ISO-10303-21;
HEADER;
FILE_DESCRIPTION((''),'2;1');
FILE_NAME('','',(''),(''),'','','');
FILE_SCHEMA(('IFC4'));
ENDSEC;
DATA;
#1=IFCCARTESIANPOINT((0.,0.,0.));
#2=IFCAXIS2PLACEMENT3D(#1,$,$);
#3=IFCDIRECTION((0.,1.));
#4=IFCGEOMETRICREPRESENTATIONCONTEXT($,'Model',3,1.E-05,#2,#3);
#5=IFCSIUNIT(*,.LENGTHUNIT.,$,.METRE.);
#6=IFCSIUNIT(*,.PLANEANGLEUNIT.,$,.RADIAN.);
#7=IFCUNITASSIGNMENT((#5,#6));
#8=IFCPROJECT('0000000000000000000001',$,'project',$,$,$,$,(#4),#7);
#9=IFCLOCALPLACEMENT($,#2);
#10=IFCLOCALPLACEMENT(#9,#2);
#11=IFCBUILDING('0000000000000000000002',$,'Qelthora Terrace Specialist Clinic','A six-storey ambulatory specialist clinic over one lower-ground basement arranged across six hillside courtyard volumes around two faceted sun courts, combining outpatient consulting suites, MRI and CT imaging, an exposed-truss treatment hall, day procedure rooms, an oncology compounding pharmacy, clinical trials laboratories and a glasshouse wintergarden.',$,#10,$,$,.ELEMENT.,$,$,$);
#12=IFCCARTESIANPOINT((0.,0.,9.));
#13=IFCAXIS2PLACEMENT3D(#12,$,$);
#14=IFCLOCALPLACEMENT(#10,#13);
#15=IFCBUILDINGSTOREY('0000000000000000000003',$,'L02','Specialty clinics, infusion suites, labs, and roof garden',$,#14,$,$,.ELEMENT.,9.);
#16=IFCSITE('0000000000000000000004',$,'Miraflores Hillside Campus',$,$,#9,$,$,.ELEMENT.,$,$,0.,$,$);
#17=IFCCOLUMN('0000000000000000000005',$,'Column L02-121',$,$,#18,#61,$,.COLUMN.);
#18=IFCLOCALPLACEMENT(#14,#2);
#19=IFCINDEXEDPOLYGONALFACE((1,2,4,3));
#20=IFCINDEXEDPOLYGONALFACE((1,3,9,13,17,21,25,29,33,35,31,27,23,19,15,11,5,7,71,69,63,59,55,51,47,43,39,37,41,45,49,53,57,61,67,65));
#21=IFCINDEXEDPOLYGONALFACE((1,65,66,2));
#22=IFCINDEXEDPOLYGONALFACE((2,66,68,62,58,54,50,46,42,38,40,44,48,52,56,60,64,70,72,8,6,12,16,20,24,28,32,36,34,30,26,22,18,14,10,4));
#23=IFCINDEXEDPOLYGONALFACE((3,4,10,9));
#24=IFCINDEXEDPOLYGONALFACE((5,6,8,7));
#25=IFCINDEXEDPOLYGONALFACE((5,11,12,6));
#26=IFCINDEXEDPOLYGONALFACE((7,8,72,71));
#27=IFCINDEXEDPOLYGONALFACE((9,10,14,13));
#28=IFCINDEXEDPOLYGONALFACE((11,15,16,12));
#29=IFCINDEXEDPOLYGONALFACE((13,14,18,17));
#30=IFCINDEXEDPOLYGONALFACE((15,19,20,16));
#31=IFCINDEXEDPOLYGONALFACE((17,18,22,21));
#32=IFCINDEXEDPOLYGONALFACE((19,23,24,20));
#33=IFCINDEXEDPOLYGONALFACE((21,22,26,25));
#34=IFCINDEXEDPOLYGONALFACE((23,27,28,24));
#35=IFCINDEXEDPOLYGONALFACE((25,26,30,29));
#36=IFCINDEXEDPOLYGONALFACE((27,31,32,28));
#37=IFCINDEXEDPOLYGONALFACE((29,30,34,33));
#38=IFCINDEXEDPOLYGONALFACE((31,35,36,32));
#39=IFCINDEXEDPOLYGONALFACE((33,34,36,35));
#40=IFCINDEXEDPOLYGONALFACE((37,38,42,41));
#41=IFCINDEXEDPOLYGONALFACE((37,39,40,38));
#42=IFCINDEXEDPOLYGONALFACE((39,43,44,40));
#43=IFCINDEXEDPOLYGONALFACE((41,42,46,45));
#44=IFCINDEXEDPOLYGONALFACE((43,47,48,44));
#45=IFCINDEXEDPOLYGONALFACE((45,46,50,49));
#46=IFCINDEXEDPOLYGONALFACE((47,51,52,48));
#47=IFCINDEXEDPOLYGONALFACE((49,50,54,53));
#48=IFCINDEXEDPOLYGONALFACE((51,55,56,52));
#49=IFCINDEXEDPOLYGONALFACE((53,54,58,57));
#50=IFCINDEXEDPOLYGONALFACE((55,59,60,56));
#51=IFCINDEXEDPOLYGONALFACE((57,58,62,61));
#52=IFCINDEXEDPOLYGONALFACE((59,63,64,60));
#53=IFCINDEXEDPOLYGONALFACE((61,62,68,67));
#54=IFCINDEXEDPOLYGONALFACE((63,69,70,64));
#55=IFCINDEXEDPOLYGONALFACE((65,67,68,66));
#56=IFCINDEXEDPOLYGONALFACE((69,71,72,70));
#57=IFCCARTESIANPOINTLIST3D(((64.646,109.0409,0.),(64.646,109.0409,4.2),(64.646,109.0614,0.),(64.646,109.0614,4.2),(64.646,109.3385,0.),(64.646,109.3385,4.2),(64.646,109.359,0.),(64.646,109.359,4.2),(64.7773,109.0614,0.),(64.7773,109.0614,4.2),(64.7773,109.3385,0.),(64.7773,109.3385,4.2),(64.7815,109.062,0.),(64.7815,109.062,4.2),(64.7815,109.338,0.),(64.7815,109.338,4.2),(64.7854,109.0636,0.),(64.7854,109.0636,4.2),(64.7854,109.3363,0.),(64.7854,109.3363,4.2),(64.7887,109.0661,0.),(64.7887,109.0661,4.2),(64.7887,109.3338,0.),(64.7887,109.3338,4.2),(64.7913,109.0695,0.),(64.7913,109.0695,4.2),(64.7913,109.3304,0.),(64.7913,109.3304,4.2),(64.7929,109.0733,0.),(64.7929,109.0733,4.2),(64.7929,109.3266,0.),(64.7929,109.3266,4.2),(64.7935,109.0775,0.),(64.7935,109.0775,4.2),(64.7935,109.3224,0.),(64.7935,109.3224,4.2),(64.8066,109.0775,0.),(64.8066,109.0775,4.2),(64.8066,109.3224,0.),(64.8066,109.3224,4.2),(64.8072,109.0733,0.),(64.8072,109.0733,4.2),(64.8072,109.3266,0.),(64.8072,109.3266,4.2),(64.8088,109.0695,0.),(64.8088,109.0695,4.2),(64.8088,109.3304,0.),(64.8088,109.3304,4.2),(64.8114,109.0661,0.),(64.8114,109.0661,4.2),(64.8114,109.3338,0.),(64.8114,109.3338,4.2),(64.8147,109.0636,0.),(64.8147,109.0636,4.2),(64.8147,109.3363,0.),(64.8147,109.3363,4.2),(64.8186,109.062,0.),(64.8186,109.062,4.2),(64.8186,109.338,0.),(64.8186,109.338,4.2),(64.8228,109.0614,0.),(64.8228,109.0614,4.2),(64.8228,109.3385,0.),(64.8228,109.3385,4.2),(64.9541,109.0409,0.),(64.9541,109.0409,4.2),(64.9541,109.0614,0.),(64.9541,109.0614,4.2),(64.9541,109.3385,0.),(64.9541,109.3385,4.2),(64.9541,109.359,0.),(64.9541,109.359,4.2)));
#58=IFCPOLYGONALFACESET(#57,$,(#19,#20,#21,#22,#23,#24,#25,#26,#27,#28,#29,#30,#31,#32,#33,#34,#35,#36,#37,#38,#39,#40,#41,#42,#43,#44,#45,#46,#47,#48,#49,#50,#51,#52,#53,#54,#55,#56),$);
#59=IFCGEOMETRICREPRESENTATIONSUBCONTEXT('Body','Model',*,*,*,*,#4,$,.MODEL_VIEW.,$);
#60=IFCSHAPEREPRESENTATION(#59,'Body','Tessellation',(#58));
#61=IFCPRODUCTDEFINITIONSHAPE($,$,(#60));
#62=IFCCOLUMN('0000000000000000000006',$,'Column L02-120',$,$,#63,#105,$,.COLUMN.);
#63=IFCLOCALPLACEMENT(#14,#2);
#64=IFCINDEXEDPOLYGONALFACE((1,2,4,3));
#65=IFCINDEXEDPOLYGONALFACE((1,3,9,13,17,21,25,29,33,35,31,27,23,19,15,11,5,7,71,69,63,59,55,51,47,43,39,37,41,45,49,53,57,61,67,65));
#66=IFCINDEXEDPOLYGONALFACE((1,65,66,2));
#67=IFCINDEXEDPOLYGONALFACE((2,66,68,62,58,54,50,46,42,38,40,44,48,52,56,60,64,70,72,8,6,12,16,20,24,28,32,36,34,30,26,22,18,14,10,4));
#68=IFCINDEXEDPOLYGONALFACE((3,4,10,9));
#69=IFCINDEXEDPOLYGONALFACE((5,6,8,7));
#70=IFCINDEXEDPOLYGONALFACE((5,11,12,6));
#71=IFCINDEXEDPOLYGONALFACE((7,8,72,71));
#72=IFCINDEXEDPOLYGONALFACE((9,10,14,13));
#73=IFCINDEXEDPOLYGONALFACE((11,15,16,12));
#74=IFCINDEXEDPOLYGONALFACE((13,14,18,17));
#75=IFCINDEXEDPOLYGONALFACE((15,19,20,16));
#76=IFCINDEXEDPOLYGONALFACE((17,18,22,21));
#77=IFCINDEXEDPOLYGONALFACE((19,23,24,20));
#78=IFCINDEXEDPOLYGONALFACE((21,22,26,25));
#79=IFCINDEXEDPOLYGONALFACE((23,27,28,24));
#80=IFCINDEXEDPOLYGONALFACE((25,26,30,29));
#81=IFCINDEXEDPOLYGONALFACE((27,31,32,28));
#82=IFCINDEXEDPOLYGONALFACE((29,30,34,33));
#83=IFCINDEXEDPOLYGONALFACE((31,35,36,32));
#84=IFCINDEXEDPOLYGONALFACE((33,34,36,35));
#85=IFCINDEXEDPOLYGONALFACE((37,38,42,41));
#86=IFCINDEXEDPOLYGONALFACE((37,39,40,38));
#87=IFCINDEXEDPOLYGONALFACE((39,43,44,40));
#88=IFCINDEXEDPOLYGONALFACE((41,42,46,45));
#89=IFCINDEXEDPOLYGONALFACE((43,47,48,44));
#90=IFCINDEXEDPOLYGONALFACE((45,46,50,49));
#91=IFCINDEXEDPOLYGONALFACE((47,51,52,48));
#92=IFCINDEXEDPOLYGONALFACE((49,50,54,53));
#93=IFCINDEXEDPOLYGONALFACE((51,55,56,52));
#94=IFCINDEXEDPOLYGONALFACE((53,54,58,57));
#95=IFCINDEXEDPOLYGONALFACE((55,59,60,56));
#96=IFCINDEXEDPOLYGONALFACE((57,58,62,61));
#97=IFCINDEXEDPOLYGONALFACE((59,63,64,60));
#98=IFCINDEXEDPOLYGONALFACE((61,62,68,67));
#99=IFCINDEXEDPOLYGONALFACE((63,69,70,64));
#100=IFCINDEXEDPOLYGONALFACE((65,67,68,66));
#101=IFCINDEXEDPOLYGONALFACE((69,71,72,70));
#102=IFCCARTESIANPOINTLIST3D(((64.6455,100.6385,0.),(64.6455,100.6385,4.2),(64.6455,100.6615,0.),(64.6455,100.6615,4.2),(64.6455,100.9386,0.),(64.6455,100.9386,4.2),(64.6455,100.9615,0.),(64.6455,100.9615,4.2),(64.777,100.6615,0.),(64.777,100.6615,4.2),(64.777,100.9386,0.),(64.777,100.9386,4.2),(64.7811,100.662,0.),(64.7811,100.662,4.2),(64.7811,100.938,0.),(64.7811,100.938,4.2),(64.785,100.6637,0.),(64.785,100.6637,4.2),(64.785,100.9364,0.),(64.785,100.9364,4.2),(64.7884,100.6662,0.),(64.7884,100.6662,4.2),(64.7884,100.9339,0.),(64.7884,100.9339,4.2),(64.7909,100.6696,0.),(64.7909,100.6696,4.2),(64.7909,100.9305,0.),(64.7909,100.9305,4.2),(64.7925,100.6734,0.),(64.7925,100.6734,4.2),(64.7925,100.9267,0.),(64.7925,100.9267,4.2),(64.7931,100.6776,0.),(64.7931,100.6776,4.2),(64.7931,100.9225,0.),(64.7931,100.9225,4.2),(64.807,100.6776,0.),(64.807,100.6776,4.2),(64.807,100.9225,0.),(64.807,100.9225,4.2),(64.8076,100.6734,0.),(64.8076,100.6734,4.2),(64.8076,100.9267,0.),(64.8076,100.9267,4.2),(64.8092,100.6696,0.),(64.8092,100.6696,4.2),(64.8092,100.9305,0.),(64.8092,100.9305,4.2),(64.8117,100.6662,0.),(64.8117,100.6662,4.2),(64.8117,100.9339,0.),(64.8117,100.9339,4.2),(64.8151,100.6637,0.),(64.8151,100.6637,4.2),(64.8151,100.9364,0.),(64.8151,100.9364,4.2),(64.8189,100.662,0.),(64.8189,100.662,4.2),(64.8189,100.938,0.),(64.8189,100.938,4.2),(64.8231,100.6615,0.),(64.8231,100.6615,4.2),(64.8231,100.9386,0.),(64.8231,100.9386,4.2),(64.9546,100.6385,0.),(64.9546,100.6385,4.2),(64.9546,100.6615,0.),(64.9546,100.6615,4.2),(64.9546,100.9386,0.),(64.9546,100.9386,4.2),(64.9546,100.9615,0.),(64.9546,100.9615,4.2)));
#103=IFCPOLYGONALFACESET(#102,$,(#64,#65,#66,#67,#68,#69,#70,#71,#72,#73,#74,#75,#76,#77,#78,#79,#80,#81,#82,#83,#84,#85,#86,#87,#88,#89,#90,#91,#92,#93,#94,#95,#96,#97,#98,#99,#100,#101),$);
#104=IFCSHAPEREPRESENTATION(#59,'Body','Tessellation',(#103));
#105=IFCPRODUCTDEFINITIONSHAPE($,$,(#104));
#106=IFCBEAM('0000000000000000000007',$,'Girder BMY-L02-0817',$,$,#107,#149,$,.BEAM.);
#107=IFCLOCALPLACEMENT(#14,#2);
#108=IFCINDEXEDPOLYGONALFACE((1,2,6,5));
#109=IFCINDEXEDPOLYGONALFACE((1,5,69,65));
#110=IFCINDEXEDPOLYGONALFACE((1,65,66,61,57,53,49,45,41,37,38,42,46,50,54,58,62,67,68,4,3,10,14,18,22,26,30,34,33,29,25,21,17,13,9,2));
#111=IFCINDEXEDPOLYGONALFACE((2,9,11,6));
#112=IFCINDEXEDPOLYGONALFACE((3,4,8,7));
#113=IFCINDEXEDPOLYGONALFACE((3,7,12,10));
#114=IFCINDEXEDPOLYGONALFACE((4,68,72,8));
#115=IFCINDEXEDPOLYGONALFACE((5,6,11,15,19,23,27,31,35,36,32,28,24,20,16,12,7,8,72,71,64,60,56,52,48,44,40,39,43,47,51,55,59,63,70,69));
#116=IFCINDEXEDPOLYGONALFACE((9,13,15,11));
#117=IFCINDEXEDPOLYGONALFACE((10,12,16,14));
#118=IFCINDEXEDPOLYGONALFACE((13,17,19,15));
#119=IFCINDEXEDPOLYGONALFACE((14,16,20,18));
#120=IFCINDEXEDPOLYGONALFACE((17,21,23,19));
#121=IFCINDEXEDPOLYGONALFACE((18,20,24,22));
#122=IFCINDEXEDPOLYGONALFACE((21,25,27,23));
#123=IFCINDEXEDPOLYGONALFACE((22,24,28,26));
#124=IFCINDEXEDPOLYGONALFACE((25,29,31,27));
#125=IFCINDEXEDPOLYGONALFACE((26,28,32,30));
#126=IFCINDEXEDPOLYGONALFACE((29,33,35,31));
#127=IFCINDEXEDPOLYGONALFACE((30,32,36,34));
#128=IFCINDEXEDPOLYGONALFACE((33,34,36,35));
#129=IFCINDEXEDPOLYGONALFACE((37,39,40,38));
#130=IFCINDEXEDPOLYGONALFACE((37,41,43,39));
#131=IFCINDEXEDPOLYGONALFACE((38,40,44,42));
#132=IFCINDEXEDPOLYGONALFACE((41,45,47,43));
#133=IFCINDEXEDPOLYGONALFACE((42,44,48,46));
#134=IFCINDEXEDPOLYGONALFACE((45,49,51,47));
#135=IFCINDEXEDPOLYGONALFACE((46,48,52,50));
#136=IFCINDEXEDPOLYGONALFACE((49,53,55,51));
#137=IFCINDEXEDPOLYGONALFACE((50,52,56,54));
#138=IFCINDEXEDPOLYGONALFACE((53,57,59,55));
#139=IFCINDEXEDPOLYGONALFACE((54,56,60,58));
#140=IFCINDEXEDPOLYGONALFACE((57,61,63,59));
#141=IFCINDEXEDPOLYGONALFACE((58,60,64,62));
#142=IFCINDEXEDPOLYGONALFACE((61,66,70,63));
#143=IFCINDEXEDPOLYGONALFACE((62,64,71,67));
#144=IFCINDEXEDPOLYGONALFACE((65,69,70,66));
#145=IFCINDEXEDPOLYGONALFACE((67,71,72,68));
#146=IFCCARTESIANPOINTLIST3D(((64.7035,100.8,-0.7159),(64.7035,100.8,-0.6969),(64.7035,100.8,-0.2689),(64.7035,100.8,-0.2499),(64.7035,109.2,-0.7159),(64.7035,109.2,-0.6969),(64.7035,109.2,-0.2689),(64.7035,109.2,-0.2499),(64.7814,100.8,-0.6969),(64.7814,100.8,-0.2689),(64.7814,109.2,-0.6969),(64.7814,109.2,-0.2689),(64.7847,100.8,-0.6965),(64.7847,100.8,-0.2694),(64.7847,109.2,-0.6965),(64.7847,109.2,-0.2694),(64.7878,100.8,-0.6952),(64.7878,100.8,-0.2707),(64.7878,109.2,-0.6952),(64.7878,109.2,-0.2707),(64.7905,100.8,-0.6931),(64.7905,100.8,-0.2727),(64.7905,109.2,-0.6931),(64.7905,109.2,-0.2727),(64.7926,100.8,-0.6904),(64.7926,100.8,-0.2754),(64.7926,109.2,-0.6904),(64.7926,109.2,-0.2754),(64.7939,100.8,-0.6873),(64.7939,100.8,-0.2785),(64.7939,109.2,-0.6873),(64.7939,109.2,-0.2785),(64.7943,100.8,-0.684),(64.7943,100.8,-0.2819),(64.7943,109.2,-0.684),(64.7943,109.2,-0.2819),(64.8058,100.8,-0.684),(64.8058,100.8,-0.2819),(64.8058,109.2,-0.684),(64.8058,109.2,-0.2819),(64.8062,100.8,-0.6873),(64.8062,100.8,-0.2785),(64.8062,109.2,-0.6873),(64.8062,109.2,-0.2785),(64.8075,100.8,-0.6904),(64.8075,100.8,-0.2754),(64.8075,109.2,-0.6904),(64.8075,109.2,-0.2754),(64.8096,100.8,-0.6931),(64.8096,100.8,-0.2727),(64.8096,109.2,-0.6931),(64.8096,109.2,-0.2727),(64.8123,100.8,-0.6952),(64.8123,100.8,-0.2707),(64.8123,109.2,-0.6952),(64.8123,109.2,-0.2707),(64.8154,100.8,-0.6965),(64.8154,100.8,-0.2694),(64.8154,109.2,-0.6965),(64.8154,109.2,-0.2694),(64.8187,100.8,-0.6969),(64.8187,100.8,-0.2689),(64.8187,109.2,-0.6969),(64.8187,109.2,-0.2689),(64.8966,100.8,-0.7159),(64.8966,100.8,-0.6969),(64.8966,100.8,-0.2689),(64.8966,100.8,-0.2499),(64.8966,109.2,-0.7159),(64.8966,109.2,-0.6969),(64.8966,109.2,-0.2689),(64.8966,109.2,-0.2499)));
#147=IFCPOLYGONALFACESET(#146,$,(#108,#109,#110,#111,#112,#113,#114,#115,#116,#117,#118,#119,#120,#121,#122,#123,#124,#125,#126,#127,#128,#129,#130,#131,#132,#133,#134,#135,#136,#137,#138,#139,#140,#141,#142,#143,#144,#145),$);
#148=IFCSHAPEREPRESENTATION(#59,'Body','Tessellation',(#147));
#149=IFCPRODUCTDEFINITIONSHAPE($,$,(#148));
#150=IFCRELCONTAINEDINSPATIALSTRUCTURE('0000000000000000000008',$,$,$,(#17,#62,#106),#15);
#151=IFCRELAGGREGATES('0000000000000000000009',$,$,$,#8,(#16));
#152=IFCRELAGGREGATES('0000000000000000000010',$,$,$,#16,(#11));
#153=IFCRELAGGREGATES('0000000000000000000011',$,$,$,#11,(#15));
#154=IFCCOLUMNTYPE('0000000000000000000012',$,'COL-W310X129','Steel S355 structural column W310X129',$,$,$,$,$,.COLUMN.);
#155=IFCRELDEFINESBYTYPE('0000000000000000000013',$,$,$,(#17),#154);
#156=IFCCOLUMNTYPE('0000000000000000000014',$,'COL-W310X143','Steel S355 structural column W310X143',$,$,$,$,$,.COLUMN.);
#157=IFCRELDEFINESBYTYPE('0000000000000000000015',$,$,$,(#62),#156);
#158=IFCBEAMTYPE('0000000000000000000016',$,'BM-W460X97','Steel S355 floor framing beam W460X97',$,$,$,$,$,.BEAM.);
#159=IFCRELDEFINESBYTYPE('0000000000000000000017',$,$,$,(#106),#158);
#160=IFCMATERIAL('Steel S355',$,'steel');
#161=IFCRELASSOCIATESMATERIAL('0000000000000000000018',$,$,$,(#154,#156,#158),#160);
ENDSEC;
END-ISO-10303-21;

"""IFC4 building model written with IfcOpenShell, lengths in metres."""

from ifc_helpers import new_model, si_unit, direction, frame, origin, origin_2d, place, context, subcontext, project, spatial, i_section, extrude, material, material_profile, profile_set, type_object, element, save


model = new_model("IFC4")

# Units and contexts
model_context = context("Model", 3, precision=1e-05, world=origin(), true_north=direction((0.0, 1.0)))
body_context = subcontext(model_context, "Body", "Model", "MODEL_VIEW")
ifc_project = project(units=[si_unit("LENGTHUNIT", "METRE"), si_unit("PLANEANGLEUNIT", "RADIAN")], contexts=[model_context])

# Site, building, storey
site_placement = place(None, origin())
site = spatial("IfcSite", under=ifc_project, at=site_placement, Name="Miraflores Hillside Campus", CompositionType="ELEMENT", RefElevation=0.0)
building_placement = place(site_placement, origin())
building = spatial("IfcBuilding", under=site, at=building_placement, Name="Qelthora Terrace Specialist Clinic", Description="A six-storey ambulatory specialist clinic over one lower-ground basement arranged across six hillside courtyard volumes around two faceted sun courts, combining outpatient consulting suites, MRI and CT imaging, an exposed-truss treatment hall, day procedure rooms, an oncology compounding pharmacy, clinical trials laboratories and a glasshouse wintergarden.", CompositionType="ELEMENT")
storey_placement = place(building_placement, frame((0.0, 0.0, 9.0)))
storey = spatial("IfcBuildingStorey", under=building, at=storey_placement, Name="L02", Description="Specialty clinics, infusion suites, labs, and roof garden", CompositionType="ELEMENT", Elevation=9.0)

# Columns
ifc_material_1 = material(Name="Steel S355", Category="steel")
ifc_material_profile_1 = material_profile(ifc_material_1, i_section(OverallWidth=0.3081, OverallDepth=0.3181, WebThickness=0.0132, FlangeThickness=0.0205, FilletRadius=0.0161, at=origin_2d()), Name="W310X129")
ifc_profile_set_1 = profile_set([ifc_material_profile_1], Name="Steel S355")
column_type_1 = type_object("IfcColumnType", Name="COL-W310X129", Description="Steel S355 structural column W310X129", PredefinedType="COLUMN", material=ifc_profile_set_1)
column_1_placement = place(storey_placement, frame((64.8, 109.2, 0.0), z_axis=(0.0, 0.0, 1.0), x_axis=(1.0, 0.0, 0.0)))
element("IfcColumn", 1, at=column_1_placement, inside=storey, type_object=column_type_1, Name="Column L02-121", PredefinedType="COLUMN", context=body_context, shape_type="SweptSolid", body=[
    extrude(i_section(OverallWidth=0.3081, OverallDepth=0.3181, WebThickness=0.0132, FlangeThickness=0.0205, FilletRadius=0.0161, at=origin_2d()), origin(), (0.0, 0.0, 1.0), 4.2),
])
ifc_material_profile_2 = material_profile(ifc_material_1, i_section(OverallWidth=0.3091, OverallDepth=0.323, WebThickness=0.0139, FlangeThickness=0.0229, FilletRadius=0.0161, at=origin_2d()), Name="W310X143")
ifc_profile_set_2 = profile_set([ifc_material_profile_2], Name="Steel S355")
column_type_2 = type_object("IfcColumnType", Name="COL-W310X143", Description="Steel S355 structural column W310X143", PredefinedType="COLUMN", material=ifc_profile_set_2)
column_2_placement = place(storey_placement, frame((64.8, 100.8, 0.0), z_axis=(0.0, 0.0, 1.0), x_axis=(1.0, 0.0, 0.0)))
element("IfcColumn", 2, at=column_2_placement, inside=storey, type_object=column_type_2, Name="Column L02-120", PredefinedType="COLUMN", context=body_context, shape_type="SweptSolid", body=[
    extrude(i_section(OverallWidth=0.3091, OverallDepth=0.323, WebThickness=0.0139, FlangeThickness=0.0229, FilletRadius=0.0161, at=origin_2d()), origin(), (0.0, 0.0, 1.0), 4.2),
])

# Beam
ifc_material_profile_3 = material_profile(ifc_material_1, i_section(OverallWidth=0.1931, OverallDepth=0.4661, WebThickness=0.0115, FlangeThickness=0.019, FilletRadius=0.0129, at=origin_2d()), Name="W460X97")
ifc_profile_set_3 = profile_set([ifc_material_profile_3], Name="Steel S355")
beam_type_1 = type_object("IfcBeamType", Name="BM-W460X97", Description="Steel S355 floor framing beam W460X97", PredefinedType="BEAM", material=ifc_profile_set_3)
beam_1_placement = place(storey_placement, frame((64.8, 100.8, -0.4829), z_axis=(0.0, 1.0, 0.0), x_axis=(-1.0, 0.0, 0.0)))
element("IfcBeam", 3, at=beam_1_placement, inside=storey, type_object=beam_type_1, Name="Girder BMY-L02-0817", PredefinedType="BEAM", context=body_context, shape_type="SweptSolid", body=[
    extrude(i_section(OverallWidth=0.1931, OverallDepth=0.4661, WebThickness=0.0115, FlangeThickness=0.019, FilletRadius=0.0129, at=origin_2d()), origin(), (0.0, 0.0, 1.0), 8.3999),
])

save(model, "model.ifc")
